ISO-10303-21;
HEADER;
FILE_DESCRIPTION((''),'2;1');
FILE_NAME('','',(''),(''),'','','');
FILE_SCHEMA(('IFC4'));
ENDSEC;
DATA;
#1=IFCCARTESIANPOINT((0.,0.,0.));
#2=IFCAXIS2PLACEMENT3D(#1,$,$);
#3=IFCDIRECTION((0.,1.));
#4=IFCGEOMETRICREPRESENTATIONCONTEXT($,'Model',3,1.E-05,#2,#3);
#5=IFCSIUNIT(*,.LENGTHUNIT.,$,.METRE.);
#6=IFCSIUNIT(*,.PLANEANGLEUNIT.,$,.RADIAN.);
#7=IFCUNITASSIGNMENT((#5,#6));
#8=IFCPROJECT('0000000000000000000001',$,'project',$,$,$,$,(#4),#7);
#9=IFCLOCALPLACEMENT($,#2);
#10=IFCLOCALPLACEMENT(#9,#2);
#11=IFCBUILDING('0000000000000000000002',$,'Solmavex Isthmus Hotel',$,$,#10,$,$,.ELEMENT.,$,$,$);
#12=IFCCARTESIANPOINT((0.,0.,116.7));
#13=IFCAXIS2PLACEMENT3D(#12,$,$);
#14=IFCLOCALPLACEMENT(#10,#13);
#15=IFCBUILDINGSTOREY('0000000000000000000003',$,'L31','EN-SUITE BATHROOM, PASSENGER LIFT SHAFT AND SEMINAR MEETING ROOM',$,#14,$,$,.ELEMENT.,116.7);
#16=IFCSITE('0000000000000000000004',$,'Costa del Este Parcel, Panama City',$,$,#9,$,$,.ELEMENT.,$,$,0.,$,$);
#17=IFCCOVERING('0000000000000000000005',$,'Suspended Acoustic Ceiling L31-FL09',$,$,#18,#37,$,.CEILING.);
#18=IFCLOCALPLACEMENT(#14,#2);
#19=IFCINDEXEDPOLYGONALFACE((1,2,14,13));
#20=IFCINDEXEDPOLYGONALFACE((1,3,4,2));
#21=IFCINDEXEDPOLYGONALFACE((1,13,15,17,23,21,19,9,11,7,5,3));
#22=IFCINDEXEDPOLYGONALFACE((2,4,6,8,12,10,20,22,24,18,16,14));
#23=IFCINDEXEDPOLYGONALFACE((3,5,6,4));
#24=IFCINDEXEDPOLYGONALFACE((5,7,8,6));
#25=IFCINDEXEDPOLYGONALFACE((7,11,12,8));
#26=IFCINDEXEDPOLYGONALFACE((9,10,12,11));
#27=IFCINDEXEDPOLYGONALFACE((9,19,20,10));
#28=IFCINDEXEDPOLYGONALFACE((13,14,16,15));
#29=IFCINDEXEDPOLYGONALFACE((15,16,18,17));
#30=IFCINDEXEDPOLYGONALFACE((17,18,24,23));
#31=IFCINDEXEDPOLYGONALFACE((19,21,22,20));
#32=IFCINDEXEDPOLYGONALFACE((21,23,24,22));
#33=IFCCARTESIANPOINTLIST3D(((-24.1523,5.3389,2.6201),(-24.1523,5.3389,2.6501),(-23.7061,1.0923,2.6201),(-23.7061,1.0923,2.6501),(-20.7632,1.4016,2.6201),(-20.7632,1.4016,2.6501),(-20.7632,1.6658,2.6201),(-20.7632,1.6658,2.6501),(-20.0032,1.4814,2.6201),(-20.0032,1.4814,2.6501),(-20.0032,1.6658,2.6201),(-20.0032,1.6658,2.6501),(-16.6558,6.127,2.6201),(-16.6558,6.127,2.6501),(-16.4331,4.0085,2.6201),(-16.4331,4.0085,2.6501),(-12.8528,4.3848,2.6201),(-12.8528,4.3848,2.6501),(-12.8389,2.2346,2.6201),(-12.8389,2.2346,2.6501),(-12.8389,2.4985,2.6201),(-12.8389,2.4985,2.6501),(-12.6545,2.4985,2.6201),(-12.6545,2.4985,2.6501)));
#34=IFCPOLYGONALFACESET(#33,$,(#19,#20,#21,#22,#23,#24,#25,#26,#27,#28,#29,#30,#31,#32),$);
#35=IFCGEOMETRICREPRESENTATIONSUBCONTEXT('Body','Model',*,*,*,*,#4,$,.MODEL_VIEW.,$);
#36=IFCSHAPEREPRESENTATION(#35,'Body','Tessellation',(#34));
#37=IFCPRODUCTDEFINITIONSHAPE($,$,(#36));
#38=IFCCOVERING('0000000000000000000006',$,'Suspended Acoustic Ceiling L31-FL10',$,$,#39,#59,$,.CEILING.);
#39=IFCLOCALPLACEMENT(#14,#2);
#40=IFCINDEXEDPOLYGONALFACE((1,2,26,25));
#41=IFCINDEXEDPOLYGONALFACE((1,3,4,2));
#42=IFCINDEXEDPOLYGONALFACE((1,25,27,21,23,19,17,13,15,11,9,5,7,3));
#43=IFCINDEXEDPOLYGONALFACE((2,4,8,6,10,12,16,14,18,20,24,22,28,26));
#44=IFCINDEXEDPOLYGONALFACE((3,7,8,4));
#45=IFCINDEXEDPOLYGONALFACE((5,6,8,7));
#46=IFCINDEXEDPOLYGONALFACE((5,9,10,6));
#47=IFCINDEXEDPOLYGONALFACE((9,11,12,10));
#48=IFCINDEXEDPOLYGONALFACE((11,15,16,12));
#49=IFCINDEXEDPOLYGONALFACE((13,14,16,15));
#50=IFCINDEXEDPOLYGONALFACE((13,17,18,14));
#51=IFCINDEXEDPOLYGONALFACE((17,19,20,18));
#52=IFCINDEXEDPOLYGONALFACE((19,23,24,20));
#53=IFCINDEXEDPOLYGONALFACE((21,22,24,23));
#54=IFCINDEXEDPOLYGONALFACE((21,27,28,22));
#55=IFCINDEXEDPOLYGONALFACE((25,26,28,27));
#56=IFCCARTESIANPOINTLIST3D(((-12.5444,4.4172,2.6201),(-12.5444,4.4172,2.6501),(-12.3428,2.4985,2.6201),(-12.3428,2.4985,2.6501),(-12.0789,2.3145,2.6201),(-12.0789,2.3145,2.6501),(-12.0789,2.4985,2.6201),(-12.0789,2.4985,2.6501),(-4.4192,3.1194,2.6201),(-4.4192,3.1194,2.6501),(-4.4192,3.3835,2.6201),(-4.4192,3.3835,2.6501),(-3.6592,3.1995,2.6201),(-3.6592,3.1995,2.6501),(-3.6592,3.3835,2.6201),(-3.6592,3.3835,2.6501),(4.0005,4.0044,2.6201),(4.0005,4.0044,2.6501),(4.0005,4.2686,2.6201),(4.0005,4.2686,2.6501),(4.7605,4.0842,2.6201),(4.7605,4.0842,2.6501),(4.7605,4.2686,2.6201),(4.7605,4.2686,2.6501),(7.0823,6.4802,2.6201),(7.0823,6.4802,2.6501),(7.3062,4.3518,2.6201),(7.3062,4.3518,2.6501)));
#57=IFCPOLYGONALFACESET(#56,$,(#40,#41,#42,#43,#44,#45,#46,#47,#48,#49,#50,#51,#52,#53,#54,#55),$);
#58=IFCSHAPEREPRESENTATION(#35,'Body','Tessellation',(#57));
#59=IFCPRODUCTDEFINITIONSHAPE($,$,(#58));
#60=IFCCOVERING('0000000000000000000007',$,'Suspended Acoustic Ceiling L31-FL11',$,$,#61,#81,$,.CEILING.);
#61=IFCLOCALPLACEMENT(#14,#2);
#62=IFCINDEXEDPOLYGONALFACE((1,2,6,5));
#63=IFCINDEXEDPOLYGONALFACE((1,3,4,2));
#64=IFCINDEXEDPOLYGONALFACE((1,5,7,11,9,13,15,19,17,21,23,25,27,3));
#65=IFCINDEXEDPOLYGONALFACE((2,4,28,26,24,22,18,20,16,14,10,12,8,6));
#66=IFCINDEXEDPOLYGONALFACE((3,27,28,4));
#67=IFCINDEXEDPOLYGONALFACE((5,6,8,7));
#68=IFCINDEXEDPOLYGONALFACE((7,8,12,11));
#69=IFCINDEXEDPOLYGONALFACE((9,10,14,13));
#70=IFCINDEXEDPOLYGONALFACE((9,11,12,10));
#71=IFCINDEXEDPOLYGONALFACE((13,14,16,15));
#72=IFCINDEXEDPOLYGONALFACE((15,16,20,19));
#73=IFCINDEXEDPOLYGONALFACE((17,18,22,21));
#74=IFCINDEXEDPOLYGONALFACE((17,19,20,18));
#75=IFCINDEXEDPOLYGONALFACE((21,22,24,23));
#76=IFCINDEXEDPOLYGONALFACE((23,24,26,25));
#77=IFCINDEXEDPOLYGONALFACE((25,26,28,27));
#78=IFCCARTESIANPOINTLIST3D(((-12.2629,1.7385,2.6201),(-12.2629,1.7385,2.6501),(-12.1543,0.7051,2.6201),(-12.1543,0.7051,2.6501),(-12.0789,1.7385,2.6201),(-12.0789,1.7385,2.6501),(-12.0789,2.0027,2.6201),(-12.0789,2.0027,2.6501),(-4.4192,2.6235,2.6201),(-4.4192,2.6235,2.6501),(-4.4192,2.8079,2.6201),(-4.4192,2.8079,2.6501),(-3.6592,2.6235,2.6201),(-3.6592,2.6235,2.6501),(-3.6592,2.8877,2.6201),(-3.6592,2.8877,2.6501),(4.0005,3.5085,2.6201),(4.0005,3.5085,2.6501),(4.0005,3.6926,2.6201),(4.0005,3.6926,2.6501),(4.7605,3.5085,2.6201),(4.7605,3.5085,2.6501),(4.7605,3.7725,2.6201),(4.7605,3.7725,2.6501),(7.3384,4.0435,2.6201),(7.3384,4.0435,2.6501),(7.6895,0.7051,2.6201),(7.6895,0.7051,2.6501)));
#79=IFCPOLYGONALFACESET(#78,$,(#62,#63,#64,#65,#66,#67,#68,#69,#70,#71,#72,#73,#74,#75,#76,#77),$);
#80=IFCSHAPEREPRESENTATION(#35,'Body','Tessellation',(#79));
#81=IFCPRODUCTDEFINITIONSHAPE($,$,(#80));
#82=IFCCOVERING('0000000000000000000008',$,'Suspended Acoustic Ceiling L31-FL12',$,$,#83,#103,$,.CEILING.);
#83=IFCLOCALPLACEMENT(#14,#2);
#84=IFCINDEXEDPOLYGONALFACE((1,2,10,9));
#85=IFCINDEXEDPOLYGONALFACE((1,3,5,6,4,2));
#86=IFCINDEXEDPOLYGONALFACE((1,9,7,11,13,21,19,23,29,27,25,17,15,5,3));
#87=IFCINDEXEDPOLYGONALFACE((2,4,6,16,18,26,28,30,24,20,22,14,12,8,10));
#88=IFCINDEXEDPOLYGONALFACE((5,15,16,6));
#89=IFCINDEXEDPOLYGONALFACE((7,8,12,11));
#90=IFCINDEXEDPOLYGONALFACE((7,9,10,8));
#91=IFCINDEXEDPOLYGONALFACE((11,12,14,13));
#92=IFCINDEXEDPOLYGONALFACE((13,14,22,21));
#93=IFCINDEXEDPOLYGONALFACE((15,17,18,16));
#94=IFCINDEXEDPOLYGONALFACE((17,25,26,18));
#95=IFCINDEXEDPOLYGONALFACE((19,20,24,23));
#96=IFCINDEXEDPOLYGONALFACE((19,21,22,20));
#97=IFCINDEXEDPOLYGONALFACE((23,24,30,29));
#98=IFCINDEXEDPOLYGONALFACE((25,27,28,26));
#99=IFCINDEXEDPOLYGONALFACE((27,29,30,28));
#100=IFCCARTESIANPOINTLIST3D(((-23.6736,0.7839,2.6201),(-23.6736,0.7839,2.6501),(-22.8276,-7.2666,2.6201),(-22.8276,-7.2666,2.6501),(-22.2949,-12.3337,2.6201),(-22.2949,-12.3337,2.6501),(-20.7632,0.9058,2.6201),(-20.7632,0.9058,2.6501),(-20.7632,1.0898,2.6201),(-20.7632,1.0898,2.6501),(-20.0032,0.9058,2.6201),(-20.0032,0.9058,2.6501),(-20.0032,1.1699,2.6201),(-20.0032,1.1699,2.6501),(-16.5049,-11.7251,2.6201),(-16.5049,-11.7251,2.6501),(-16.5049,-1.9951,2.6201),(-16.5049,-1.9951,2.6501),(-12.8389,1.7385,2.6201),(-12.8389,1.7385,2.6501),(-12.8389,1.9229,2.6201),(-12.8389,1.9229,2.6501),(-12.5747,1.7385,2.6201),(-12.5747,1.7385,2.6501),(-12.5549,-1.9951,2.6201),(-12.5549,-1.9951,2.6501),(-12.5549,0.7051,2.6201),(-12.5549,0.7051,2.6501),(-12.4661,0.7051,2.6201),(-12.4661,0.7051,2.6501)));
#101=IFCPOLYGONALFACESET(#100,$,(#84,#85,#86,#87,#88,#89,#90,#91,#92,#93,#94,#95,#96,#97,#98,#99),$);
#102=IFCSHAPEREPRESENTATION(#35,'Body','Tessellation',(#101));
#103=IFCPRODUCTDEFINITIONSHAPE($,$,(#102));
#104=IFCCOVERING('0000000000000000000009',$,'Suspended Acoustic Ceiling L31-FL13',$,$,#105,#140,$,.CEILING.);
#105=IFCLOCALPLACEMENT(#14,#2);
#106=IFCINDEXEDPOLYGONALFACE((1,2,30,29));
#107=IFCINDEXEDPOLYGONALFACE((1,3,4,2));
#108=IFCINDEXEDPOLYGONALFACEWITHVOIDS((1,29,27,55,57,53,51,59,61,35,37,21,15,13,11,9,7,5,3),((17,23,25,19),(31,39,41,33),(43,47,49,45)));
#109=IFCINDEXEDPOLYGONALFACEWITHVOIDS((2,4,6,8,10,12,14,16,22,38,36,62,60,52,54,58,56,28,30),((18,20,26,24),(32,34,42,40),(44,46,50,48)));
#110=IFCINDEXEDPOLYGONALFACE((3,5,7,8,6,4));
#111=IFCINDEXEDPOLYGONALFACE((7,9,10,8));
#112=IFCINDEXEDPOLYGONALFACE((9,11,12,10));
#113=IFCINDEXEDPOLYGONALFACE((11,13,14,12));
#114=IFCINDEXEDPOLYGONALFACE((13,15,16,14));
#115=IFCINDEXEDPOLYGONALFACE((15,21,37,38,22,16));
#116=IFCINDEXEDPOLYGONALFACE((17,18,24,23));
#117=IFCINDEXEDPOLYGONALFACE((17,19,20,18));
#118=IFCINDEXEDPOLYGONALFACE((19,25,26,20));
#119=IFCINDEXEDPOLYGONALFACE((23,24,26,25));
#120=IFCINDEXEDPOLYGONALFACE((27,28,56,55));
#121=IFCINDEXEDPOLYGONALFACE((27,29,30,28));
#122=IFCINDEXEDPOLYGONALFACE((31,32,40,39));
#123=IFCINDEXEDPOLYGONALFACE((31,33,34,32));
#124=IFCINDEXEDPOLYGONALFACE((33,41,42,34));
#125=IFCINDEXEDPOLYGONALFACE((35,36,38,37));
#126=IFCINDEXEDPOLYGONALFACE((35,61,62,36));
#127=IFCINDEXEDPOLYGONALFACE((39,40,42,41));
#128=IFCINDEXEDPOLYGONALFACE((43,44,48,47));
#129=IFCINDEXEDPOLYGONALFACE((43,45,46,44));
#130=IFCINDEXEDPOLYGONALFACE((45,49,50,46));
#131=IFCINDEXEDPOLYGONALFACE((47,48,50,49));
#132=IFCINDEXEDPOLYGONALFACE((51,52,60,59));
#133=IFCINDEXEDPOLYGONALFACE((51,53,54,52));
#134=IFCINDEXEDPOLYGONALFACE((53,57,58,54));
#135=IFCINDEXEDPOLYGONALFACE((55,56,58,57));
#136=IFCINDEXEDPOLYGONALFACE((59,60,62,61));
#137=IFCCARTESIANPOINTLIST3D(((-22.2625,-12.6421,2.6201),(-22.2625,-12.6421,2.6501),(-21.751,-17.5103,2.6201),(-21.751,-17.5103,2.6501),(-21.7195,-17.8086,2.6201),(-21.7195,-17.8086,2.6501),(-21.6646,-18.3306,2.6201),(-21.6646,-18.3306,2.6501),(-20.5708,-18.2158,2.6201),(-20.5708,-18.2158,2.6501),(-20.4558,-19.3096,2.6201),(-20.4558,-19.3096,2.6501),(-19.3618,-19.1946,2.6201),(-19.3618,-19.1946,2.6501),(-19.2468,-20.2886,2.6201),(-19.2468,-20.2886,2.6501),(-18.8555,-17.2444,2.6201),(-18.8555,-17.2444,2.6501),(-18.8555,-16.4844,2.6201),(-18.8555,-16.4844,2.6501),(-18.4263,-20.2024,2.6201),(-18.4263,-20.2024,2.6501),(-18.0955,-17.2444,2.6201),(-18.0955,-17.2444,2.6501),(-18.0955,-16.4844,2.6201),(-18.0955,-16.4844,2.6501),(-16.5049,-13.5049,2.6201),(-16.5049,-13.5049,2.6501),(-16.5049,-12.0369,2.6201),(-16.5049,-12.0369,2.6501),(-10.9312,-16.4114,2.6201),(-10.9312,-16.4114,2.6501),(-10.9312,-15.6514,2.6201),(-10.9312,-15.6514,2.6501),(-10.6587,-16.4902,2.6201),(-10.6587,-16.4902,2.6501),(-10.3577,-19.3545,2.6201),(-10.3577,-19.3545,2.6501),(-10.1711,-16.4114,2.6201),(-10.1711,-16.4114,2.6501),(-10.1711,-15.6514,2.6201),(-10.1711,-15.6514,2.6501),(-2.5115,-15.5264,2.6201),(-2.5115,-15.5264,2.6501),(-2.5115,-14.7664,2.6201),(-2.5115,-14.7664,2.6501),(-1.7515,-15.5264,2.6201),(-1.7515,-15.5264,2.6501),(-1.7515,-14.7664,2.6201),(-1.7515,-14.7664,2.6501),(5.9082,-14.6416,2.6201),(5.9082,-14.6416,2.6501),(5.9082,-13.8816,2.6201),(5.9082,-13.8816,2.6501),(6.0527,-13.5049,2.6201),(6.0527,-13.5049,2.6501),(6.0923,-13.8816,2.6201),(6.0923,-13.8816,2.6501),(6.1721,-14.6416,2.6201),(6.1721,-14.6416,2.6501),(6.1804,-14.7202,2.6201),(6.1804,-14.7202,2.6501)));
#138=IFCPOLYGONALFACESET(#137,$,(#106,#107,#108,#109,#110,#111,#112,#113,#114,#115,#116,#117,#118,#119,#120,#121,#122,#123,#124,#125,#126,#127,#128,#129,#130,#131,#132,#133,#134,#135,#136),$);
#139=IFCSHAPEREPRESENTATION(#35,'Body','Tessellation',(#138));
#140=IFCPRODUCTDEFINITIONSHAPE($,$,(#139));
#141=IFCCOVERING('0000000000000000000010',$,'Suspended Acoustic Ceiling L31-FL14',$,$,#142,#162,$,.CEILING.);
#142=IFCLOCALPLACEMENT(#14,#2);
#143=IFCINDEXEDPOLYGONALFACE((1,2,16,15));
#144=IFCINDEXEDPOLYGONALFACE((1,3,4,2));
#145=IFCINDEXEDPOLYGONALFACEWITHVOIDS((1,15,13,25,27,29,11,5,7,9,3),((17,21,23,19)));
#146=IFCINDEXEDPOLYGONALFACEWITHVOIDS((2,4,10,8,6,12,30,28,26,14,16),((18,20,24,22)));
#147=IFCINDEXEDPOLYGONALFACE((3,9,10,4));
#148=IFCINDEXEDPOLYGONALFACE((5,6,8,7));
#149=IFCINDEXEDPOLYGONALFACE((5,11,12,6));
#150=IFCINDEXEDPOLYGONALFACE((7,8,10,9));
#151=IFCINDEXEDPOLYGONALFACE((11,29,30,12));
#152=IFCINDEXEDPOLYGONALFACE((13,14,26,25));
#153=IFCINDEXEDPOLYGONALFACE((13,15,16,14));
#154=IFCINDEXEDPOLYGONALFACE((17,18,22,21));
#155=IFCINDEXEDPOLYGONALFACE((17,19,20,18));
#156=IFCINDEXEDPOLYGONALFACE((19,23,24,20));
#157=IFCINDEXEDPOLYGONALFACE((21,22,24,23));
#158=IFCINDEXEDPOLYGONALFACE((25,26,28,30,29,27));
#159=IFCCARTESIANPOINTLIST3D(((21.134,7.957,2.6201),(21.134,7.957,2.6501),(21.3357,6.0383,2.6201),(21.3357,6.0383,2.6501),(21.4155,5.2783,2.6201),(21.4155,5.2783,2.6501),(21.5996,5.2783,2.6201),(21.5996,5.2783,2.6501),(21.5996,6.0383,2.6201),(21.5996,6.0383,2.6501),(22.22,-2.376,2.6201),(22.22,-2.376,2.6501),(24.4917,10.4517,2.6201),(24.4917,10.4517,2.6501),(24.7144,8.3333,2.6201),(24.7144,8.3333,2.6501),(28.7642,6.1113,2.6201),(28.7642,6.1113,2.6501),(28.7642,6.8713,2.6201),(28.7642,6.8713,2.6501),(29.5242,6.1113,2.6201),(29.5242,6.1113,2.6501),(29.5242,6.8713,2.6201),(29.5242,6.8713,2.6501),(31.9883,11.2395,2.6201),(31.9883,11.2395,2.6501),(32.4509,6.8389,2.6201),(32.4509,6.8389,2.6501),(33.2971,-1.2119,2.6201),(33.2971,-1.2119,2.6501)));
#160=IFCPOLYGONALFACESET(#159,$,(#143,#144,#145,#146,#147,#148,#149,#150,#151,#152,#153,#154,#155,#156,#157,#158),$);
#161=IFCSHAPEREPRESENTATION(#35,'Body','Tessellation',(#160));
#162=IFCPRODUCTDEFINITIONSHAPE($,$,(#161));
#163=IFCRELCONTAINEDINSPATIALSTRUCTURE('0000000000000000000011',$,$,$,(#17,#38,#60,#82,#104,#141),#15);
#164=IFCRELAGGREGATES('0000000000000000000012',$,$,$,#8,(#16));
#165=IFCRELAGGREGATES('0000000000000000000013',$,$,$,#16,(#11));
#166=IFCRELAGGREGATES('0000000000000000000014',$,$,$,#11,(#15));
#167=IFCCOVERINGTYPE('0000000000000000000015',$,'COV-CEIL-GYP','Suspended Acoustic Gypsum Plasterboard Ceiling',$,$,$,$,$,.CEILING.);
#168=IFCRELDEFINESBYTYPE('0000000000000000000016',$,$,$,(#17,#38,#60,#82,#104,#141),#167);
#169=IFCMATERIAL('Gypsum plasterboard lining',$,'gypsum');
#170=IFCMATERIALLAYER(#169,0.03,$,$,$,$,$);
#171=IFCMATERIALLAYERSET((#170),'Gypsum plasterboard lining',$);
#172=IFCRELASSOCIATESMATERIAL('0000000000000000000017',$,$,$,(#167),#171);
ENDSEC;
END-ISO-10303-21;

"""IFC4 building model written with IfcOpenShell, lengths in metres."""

from ifc_helpers import new_model, si_unit, direction, frame, origin, place, context, subcontext, project, spatial, polyline, outline, extrude, material, layer, layer_set, type_object, element, save


model = new_model("IFC4")

# Units and contexts
model_context = context("Model", 3, precision=1e-05, world=origin(), true_north=direction((0.0, 1.0)))
body_context = subcontext(model_context, "Body", "Model", "MODEL_VIEW")
ifc_project = project(units=[si_unit("LENGTHUNIT", "METRE"), si_unit("PLANEANGLEUNIT", "RADIAN")], contexts=[model_context])

# Site, building, storey
site_placement = place(None, origin())
site = spatial("IfcSite", under=ifc_project, at=site_placement, Name="Costa del Este Parcel, Panama City", CompositionType="ELEMENT", RefElevation=0.0)
building_placement = place(site_placement, origin())
building = spatial("IfcBuilding", under=site, at=building_placement, Name="Solmavex Isthmus Hotel", CompositionType="ELEMENT")
storey_placement = place(building_placement, frame((0.0, 0.0, 116.7)))
storey = spatial("IfcBuildingStorey", under=building, at=storey_placement, Name="L31", Description="EN-SUITE BATHROOM, PASSENGER LIFT SHAFT AND SEMINAR MEETING ROOM", CompositionType="ELEMENT", Elevation=116.7)

# Shared definitions
ifc_material_1 = material(Name="Gypsum plasterboard lining", Category="gypsum")

# Coverings
ifc_layer_1 = layer(ifc_material_1, 0.03)
ifc_layer_set_1 = layer_set([ifc_layer_1], Name="Gypsum plasterboard lining")
covering_type_1 = type_object("IfcCoveringType", Name="COV-CEIL-GYP", Description="Suspended Acoustic Gypsum Plasterboard Ceiling", PredefinedType="CEILING", material=ifc_layer_set_1)
covering_1_placement = place(storey_placement, frame((0.0, 0.0, 2.6201)))
element("IfcCovering", 1, at=covering_1_placement, inside=storey, type_object=covering_type_1, Name="Suspended Acoustic Ceiling L31-FL09", PredefinedType="CEILING", context=body_context, shape_type="SweptSolid", body=[
    extrude(outline(polyline([(-12.8389, 2.2346), (-12.8389, 2.4985), (-12.6545, 2.4985), (-12.8528, 4.3848), (-16.4331, 4.0085), (-16.6558, 6.127), (-24.1523, 5.3389), (-23.7061, 1.0923), (-20.7632, 1.4016), (-20.7632, 1.6658), (-20.0032, 1.6658), (-20.0032, 1.4814), (-12.8389, 2.2346)])), origin(), (0.0, 0.0, 1.0), 0.03),
])
covering_2_placement = place(storey_placement, frame((0.0, 0.0, 2.6201)))
element("IfcCovering", 2, at=covering_2_placement, inside=storey, type_object=covering_type_1, Name="Suspended Acoustic Ceiling L31-FL10", PredefinedType="CEILING", context=body_context, shape_type="SweptSolid", body=[
    extrude(outline(polyline([(4.0005, 4.0044), (4.0005, 4.2686), (4.7605, 4.2686), (4.7605, 4.0842), (7.3062, 4.3518), (7.0823, 6.4802), (-12.5444, 4.4172), (-12.3428, 2.4985), (-12.0789, 2.4985), (-12.0789, 2.3145), (-4.4192, 3.1194), (-4.4192, 3.3835), (-3.6592, 3.3835), (-3.6592, 3.1995), (4.0005, 4.0044)])), origin(), (0.0, 0.0, 1.0), 0.03),
])
covering_3_placement = place(storey_placement, frame((0.0, 0.0, 2.6201)))
element("IfcCovering", 3, at=covering_3_placement, inside=storey, type_object=covering_type_1, Name="Suspended Acoustic Ceiling L31-FL11", PredefinedType="CEILING", context=body_context, shape_type="SweptSolid", body=[
    extrude(outline(polyline([(-12.0789, 2.0027), (-12.0789, 1.7385), (-12.2629, 1.7385), (-12.1543, 0.7051), (7.6895, 0.7051), (7.3384, 4.0435), (4.7605, 3.7725), (4.7605, 3.5085), (4.0005, 3.5085), (4.0005, 3.6926), (-3.6592, 2.8877), (-3.6592, 2.6235), (-4.4192, 2.6235), (-4.4192, 2.8079), (-12.0789, 2.0027)])), origin(), (0.0, 0.0, 1.0), 0.03),
])
covering_4_placement = place(storey_placement, frame((0.0, 0.0, 2.6201)))
element("IfcCovering", 4, at=covering_4_placement, inside=storey, type_object=covering_type_1, Name="Suspended Acoustic Ceiling L31-FL12", PredefinedType="CEILING", context=body_context, shape_type="SweptSolid", body=[
    extrude(outline(polyline([(-20.0032, 1.1699), (-20.0032, 0.9058), (-20.7632, 0.9058), (-20.7632, 1.0898), (-23.6736, 0.7839), (-22.8276, -7.2666), (-22.2949, -12.3337), (-16.5049, -11.7251), (-16.5049, -1.9951), (-12.5549, -1.9951), (-12.5549, 0.7051), (-12.4661, 0.7051), (-12.5747, 1.7385), (-12.8389, 1.7385), (-12.8389, 1.9229), (-20.0032, 1.1699)])), origin(), (0.0, 0.0, 1.0), 0.03),
])
covering_5_placement = place(storey_placement, frame((0.0, 0.0, 2.6201)))
element("IfcCovering", 5, at=covering_5_placement, inside=storey, type_object=covering_type_1, Name="Suspended Acoustic Ceiling L31-FL13", PredefinedType="CEILING", context=body_context, shape_type="SweptSolid", body=[
    extrude(outline(polyline([(6.1721, -14.6416), (5.9082, -14.6416), (5.9082, -13.8816), (6.0923, -13.8816), (6.0527, -13.5049), (-16.5049, -13.5049), (-16.5049, -12.0369), (-22.2625, -12.6421), (-21.751, -17.5103), (-21.7195, -17.8086), (-21.6646, -18.3306), (-20.5708, -18.2158), (-20.4558, -19.3096), (-19.3618, -19.1946), (-19.2468, -20.2886), (-18.4263, -20.2024), (-10.3577, -19.3545), (-10.6587, -16.4902), (6.1804, -14.7202), (6.1721, -14.6416)]), holes=[polyline([(-2.5115, -15.5264), (-2.5115, -14.7664), (-1.7515, -14.7664), (-1.7515, -15.5264), (-2.5115, -15.5264)]), polyline([(-10.9312, -16.4114), (-10.9312, -15.6514), (-10.1711, -15.6514), (-10.1711, -16.4114), (-10.9312, -16.4114)]), polyline([(-18.8555, -17.2444), (-18.8555, -16.4844), (-18.0955, -16.4844), (-18.0955, -17.2444), (-18.8555, -17.2444)])]), origin(), (0.0, 0.0, 1.0), 0.03),
])
covering_6_placement = place(storey_placement, frame((0.0, 0.0, 2.6201)))
element("IfcCovering", 6, at=covering_6_placement, inside=storey, type_object=covering_type_1, Name="Suspended Acoustic Ceiling L31-FL14", PredefinedType="CEILING", context=body_context, shape_type="SweptSolid", body=[
    extrude(outline(polyline([(21.3357, 6.0383), (21.5996, 6.0383), (21.5996, 5.2783), (21.4155, 5.2783), (22.22, -2.376), (33.2971, -1.2119), (32.4509, 6.8389), (31.9883, 11.2395), (24.4917, 10.4517), (24.7144, 8.3333), (21.134, 7.957), (21.3357, 6.0383)]), holes=[polyline([(28.7642, 6.1113), (28.7642, 6.8713), (29.5242, 6.8713), (29.5242, 6.1113), (28.7642, 6.1113)])]), origin(), (0.0, 0.0, 1.0), 0.03),
])

save(model, "model.ifc")
